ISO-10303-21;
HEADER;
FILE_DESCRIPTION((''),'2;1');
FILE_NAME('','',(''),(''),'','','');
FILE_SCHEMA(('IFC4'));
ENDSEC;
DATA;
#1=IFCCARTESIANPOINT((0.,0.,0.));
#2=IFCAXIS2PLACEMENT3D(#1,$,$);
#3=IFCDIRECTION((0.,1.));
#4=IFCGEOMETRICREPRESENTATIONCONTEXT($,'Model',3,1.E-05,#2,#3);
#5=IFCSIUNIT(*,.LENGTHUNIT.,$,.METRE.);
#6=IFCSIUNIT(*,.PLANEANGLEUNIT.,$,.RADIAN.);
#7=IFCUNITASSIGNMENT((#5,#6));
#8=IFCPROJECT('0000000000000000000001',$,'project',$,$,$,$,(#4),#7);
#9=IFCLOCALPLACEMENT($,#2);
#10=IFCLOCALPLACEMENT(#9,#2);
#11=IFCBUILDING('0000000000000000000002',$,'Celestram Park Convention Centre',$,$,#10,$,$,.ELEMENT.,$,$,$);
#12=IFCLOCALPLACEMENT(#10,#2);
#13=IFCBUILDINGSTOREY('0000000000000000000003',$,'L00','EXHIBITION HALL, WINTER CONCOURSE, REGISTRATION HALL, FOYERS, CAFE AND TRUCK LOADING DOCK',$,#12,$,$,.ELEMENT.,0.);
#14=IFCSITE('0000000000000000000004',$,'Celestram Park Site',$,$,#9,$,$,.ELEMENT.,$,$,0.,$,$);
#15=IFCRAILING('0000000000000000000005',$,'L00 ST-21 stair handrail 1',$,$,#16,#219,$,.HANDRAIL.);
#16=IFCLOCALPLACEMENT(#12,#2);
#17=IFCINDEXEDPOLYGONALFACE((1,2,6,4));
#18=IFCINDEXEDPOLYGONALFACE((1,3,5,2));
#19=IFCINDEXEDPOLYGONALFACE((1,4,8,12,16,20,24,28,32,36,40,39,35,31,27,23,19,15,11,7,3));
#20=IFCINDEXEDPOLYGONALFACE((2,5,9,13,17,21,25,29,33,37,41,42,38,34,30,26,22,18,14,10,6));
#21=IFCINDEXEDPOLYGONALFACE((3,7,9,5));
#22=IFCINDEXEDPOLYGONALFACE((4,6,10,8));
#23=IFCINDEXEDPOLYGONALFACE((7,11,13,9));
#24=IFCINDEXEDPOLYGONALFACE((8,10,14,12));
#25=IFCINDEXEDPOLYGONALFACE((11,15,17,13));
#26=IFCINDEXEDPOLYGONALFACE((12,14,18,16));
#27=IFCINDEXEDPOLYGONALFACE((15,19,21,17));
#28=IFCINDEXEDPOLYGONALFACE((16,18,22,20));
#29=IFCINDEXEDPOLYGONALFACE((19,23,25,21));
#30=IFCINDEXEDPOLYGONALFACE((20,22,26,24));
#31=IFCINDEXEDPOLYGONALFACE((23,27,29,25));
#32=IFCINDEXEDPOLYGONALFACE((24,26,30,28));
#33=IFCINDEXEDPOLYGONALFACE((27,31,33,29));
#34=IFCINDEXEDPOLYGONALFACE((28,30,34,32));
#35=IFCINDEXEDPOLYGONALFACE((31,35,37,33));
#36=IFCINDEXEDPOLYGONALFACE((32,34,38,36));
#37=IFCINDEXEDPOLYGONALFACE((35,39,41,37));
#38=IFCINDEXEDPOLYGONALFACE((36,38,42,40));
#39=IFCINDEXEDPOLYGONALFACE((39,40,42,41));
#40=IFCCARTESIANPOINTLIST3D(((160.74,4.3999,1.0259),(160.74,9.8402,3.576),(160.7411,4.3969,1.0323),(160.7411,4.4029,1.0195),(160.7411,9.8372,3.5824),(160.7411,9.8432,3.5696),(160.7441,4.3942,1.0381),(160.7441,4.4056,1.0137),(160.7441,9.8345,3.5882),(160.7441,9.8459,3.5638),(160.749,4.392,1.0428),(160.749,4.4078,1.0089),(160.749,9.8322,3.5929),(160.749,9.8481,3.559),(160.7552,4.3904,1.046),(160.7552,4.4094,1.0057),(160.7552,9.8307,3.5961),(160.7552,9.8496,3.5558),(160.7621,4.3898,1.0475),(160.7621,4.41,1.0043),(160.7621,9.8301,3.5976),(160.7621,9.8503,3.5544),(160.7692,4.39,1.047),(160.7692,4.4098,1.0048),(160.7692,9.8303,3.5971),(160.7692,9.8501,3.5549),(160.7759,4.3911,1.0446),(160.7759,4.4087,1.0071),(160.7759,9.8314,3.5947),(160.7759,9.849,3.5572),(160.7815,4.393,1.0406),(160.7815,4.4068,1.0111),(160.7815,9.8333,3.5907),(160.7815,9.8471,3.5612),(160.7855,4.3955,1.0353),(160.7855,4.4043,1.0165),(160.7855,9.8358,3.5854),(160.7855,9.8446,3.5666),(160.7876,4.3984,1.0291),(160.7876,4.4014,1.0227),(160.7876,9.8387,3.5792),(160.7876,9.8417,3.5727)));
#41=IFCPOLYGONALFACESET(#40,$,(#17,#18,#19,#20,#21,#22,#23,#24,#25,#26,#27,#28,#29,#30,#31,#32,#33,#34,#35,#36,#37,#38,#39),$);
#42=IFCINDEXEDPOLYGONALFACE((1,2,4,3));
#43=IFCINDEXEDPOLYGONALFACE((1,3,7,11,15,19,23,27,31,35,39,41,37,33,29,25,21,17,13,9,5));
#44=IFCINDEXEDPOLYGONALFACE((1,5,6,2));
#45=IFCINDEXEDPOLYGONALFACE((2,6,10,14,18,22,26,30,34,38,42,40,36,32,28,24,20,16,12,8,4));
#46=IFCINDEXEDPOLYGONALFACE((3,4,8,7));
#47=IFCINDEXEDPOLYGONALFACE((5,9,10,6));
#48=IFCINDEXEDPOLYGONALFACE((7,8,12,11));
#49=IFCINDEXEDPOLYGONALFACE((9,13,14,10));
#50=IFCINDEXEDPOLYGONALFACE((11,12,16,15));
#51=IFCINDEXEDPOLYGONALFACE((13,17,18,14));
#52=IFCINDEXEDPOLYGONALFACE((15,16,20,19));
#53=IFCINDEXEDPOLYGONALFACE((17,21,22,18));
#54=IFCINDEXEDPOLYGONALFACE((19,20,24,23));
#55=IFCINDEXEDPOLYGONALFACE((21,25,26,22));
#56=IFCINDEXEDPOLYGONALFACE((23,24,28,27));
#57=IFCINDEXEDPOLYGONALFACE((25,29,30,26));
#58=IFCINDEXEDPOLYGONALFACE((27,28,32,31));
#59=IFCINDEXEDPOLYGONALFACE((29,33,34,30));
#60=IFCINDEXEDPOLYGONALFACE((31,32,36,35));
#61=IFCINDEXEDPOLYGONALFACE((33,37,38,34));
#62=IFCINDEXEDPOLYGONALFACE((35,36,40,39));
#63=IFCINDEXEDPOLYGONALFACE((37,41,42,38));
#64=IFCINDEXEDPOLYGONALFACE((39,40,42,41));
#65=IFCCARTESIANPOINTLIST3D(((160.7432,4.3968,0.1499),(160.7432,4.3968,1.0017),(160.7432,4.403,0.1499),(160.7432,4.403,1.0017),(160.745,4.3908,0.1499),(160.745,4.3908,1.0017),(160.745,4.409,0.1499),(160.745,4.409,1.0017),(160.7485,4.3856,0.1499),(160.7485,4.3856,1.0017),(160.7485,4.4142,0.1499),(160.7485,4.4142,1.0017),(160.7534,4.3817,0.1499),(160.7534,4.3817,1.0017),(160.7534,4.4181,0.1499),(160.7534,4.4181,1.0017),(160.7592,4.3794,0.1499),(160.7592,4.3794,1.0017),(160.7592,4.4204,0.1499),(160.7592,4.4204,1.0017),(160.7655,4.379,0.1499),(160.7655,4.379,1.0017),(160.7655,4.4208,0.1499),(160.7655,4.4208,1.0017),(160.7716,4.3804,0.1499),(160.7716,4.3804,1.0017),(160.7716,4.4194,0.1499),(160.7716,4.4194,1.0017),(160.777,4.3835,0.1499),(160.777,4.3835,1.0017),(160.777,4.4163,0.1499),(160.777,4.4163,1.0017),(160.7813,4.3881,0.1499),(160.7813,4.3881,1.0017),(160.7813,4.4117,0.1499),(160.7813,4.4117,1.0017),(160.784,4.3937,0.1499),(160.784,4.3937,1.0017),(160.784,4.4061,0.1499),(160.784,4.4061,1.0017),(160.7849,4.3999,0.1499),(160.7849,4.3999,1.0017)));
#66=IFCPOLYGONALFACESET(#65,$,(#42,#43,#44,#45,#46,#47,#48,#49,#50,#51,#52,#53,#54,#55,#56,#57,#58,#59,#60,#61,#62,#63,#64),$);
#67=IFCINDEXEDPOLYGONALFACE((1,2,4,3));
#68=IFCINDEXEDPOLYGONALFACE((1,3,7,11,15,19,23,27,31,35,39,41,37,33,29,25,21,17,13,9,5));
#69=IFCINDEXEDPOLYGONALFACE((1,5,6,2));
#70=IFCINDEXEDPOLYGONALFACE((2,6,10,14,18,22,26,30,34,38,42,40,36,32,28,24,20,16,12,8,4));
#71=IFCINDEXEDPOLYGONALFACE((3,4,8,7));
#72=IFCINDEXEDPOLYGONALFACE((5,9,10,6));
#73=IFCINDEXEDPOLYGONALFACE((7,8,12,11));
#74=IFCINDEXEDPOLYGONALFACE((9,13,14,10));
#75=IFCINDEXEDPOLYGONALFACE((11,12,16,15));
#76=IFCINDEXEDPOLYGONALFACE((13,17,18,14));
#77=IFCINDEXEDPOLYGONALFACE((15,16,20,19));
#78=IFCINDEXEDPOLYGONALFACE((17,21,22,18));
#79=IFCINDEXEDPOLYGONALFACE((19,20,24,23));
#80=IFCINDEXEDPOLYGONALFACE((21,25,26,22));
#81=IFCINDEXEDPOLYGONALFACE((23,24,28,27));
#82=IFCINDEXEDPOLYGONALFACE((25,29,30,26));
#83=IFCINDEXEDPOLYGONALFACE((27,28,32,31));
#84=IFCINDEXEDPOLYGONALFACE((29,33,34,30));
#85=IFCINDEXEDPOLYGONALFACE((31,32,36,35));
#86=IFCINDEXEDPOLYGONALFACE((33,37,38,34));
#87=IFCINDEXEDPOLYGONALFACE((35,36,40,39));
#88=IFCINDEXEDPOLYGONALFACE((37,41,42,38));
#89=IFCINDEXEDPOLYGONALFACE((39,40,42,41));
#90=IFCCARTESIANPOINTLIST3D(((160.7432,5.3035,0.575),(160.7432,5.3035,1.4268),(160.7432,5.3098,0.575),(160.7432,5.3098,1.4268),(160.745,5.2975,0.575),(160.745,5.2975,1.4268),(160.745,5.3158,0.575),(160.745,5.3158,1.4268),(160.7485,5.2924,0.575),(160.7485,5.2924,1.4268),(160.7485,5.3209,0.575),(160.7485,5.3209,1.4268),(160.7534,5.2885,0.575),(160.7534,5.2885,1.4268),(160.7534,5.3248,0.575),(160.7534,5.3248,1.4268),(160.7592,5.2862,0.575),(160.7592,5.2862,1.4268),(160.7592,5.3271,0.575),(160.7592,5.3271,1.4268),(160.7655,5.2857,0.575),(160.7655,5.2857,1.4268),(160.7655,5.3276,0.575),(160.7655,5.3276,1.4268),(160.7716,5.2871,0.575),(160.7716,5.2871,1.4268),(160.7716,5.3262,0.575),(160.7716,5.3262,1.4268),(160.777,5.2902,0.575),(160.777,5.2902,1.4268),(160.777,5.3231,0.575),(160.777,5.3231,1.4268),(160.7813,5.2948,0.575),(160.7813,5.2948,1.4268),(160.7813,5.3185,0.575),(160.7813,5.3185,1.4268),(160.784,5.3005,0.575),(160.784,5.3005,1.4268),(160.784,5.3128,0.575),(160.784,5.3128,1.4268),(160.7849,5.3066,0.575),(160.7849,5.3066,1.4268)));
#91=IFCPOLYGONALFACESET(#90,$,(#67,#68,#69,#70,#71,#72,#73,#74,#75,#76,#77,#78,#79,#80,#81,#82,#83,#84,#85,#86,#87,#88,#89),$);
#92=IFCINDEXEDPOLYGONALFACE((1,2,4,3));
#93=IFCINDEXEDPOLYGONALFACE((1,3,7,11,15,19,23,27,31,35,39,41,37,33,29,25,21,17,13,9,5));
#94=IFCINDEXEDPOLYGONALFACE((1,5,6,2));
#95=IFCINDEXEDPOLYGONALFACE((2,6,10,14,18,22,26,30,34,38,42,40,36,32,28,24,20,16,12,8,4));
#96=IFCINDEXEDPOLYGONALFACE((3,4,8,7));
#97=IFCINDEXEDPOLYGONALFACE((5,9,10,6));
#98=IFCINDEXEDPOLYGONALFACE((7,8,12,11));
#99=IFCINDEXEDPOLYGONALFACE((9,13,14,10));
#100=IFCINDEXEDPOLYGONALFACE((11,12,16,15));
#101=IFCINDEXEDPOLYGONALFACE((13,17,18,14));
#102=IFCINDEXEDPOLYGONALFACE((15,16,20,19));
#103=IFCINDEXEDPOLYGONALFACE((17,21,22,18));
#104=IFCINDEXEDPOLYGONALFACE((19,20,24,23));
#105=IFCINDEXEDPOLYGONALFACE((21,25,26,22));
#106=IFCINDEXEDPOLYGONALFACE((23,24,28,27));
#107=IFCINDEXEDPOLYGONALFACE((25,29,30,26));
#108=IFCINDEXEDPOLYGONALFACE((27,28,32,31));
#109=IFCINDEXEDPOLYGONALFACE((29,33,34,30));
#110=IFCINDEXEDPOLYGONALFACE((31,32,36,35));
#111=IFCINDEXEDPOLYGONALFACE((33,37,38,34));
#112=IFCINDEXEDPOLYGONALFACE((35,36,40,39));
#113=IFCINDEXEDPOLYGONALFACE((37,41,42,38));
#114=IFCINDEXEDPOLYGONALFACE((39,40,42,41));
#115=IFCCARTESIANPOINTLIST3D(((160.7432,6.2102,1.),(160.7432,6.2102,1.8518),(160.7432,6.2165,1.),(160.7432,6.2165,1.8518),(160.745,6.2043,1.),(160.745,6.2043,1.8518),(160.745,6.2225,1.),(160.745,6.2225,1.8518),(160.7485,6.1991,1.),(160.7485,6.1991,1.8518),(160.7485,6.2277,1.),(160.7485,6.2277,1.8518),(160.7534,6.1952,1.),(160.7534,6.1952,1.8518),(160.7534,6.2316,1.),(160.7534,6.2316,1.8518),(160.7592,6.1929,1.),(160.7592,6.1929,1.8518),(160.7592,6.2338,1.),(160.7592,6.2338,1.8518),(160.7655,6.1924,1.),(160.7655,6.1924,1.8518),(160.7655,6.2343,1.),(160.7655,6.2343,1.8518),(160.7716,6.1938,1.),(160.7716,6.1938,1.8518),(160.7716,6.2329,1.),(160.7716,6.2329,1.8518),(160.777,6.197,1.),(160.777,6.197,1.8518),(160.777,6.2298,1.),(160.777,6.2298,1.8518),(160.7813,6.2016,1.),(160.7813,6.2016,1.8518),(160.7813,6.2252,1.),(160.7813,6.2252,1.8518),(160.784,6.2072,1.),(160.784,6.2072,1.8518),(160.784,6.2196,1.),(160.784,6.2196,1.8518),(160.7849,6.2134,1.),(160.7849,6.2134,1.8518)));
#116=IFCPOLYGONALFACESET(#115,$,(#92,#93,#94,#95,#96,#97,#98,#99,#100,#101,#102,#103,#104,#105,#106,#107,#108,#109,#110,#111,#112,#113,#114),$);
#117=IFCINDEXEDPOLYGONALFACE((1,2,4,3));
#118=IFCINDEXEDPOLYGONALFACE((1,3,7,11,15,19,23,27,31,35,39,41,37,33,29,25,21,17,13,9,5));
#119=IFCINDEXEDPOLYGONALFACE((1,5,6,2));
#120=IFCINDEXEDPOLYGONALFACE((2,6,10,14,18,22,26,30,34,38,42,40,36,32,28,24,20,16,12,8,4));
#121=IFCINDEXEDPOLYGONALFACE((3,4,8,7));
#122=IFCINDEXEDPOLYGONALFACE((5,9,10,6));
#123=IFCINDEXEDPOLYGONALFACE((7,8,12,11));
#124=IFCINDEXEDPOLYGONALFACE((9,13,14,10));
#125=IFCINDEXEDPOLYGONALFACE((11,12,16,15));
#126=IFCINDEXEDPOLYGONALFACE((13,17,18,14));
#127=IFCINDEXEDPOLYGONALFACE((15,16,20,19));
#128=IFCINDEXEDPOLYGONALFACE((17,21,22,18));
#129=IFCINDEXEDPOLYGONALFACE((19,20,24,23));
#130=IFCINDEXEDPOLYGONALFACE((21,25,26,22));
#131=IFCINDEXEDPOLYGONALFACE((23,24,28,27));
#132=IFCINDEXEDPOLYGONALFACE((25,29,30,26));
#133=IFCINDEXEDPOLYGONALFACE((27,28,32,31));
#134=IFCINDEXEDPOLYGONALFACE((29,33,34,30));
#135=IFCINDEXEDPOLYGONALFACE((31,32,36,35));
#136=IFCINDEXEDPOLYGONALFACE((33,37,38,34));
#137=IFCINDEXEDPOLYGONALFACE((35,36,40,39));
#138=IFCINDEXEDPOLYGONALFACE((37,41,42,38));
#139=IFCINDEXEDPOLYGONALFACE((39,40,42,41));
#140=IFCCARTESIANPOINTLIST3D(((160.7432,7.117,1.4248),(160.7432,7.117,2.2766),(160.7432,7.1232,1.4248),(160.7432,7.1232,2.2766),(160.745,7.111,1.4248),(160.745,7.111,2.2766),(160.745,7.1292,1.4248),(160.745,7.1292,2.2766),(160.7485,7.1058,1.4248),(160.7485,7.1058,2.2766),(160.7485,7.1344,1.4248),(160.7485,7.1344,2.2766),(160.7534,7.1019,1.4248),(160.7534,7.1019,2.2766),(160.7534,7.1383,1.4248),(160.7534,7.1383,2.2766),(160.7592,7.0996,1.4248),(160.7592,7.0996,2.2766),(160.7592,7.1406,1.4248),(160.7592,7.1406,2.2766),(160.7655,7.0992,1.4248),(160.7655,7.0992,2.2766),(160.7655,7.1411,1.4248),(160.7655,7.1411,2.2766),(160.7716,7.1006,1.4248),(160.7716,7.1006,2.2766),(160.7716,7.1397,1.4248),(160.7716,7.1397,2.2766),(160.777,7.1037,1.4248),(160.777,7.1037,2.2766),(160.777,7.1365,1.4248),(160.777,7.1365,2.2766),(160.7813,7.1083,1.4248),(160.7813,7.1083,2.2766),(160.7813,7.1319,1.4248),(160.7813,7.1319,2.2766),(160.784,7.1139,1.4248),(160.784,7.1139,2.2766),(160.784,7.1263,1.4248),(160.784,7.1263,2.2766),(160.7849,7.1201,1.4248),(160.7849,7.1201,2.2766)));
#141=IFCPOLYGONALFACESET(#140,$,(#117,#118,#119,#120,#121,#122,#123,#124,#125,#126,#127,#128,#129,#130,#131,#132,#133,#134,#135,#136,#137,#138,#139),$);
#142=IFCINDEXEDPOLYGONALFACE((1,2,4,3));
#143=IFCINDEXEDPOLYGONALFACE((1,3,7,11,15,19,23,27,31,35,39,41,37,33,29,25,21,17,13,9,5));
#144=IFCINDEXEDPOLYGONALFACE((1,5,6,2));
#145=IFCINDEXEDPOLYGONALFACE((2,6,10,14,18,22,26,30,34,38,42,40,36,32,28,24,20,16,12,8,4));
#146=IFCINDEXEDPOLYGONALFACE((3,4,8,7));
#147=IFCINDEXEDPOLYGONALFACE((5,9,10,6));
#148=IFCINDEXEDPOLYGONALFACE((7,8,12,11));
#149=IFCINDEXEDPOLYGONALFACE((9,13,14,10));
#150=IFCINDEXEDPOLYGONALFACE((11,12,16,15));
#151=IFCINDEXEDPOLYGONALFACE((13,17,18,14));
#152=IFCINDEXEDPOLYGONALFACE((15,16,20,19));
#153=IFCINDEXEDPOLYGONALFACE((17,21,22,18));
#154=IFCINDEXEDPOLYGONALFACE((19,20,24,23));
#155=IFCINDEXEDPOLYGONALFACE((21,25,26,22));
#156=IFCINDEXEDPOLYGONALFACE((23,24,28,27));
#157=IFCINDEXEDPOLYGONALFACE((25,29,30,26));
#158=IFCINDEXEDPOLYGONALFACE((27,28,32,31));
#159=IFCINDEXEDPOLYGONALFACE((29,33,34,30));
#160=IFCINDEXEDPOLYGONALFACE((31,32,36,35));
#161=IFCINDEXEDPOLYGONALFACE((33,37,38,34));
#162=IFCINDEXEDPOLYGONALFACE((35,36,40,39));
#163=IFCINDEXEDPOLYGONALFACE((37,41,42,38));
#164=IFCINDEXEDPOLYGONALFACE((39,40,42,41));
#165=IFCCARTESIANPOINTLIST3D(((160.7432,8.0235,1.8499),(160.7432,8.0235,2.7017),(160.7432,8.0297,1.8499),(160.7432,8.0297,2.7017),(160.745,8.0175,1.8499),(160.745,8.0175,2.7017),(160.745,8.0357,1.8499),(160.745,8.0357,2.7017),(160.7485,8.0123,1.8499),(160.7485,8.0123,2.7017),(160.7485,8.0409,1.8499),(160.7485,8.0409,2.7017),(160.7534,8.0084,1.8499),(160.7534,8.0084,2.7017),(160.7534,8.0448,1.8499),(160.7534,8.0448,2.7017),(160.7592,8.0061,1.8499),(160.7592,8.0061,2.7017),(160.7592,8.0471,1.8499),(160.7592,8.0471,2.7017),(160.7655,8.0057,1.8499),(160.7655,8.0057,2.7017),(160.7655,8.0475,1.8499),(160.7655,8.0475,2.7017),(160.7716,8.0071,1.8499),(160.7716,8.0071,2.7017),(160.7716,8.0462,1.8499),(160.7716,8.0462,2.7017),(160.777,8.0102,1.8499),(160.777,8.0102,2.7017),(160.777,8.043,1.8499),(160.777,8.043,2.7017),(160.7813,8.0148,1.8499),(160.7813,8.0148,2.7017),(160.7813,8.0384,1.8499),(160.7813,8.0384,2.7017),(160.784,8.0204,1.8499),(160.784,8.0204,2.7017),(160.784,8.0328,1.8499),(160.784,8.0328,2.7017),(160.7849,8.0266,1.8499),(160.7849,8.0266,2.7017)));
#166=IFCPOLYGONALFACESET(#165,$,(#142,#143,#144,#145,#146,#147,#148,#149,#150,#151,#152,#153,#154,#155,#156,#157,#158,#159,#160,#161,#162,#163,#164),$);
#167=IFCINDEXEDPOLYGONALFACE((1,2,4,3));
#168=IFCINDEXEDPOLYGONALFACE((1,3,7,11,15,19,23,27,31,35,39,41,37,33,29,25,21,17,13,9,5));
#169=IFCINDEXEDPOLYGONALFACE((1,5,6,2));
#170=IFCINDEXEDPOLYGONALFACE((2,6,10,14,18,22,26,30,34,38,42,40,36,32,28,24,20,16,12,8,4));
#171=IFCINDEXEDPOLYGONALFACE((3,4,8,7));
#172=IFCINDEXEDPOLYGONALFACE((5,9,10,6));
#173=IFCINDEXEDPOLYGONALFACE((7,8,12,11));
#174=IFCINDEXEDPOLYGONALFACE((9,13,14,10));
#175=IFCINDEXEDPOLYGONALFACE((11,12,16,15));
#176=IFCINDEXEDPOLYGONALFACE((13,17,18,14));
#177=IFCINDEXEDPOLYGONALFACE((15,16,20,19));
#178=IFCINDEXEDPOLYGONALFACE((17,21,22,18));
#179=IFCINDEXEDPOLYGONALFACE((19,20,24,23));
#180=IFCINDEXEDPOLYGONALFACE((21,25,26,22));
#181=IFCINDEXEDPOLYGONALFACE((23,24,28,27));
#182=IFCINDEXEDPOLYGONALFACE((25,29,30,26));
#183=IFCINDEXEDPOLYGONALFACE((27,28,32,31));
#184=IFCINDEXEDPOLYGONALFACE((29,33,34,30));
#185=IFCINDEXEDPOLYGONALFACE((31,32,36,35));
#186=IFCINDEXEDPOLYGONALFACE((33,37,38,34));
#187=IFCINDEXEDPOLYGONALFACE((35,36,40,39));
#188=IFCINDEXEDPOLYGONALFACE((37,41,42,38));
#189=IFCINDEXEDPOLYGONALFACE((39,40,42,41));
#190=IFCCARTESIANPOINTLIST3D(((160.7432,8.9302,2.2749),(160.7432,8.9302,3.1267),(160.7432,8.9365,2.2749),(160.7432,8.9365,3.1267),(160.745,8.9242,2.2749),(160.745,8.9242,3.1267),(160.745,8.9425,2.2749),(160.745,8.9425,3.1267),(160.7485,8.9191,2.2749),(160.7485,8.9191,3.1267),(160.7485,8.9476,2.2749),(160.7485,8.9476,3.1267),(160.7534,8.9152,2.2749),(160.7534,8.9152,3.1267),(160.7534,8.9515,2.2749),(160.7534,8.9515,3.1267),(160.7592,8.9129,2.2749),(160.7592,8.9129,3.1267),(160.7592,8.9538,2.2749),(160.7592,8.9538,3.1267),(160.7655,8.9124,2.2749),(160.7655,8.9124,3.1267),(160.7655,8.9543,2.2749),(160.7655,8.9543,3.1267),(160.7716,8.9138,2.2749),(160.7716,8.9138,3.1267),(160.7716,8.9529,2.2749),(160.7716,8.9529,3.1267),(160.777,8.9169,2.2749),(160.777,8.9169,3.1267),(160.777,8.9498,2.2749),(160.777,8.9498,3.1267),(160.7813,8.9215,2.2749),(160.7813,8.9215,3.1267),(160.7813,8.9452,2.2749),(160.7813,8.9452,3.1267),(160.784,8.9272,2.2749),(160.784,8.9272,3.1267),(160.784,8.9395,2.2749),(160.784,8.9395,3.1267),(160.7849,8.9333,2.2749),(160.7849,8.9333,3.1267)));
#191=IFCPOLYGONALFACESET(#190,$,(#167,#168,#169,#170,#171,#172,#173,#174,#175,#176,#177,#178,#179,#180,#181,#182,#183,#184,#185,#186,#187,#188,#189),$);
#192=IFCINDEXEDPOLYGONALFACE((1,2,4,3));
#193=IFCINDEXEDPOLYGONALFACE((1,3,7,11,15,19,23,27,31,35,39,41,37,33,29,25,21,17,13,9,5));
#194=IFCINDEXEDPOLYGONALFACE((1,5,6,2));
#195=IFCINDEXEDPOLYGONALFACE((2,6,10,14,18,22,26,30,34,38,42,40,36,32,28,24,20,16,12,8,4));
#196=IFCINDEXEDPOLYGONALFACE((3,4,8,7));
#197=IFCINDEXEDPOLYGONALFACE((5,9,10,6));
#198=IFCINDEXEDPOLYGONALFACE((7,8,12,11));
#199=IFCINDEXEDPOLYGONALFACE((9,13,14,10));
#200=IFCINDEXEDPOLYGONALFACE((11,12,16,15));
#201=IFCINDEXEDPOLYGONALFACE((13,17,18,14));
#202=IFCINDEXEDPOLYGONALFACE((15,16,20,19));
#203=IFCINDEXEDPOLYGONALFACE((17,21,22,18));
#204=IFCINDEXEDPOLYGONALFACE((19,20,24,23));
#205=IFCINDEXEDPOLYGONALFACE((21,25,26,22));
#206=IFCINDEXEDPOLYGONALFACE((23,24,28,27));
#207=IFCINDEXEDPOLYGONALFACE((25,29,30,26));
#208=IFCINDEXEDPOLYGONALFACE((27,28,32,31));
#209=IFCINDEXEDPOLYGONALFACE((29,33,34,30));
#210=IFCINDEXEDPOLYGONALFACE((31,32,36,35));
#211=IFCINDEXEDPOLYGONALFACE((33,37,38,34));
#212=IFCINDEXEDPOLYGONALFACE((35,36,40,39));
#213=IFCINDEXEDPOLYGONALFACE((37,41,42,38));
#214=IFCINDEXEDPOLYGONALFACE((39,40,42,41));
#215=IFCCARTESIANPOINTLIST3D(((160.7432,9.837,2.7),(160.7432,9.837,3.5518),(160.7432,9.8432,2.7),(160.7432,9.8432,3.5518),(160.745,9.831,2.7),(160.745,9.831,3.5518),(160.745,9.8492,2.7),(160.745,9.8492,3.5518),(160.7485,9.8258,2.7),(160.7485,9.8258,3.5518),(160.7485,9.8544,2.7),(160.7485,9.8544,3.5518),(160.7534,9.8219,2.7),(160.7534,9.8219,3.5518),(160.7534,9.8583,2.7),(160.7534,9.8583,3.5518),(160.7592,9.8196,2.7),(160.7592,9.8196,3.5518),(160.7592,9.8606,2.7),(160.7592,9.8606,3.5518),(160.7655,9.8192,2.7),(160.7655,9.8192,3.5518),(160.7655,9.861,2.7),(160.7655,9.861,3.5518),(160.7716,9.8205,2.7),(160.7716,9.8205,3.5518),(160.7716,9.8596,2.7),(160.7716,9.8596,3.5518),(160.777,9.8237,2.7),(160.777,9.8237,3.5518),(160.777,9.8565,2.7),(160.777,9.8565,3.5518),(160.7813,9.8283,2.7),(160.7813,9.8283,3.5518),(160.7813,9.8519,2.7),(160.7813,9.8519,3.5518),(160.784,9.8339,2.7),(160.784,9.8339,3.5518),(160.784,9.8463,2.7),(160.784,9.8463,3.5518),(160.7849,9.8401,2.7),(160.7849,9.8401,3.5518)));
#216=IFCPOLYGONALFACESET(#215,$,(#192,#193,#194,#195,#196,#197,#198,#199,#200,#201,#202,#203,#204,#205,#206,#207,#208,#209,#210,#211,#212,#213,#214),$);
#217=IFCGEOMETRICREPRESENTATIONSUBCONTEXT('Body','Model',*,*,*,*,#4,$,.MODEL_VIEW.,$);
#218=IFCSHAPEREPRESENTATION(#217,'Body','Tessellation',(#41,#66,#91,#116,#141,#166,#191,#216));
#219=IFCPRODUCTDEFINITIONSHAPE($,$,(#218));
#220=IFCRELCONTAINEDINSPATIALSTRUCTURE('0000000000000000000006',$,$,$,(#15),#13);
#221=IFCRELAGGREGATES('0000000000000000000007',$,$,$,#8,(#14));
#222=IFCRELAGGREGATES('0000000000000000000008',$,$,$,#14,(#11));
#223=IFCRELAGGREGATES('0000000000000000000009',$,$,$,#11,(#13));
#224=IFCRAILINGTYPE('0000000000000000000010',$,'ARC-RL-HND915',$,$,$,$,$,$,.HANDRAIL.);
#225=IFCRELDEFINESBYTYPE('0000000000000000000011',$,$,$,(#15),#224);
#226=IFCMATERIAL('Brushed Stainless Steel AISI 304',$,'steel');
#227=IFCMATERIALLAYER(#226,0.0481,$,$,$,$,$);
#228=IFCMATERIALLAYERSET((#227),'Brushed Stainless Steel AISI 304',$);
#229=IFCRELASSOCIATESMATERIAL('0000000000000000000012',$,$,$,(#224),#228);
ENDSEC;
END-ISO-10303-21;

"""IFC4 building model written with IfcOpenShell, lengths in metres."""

from ifc_helpers import new_model, si_unit, direction, frame, origin, origin_2d, place, context, subcontext, project, spatial, circle, extrude, material, layer, layer_set, type_object, element, save


model = new_model("IFC4")

# Units and contexts
model_context = context("Model", 3, precision=1e-05, world=origin(), true_north=direction((0.0, 1.0)))
body_context = subcontext(model_context, "Body", "Model", "MODEL_VIEW")
ifc_project = project(units=[si_unit("LENGTHUNIT", "METRE"), si_unit("PLANEANGLEUNIT", "RADIAN")], contexts=[model_context])

# Site, building, storey
site_placement = place(None, origin())
site = spatial("IfcSite", under=ifc_project, at=site_placement, Name="Celestram Park Site", CompositionType="ELEMENT", RefElevation=0.0)
building_placement = place(site_placement, origin())
building = spatial("IfcBuilding", under=site, at=building_placement, Name="Celestram Park Convention Centre", CompositionType="ELEMENT")
storey_placement = place(building_placement, origin())
storey = spatial("IfcBuildingStorey", under=building, at=storey_placement, Name="L00", Description="EXHIBITION HALL, WINTER CONCOURSE, REGISTRATION HALL, FOYERS, CAFE AND TRUCK LOADING DOCK", CompositionType="ELEMENT", Elevation=0.0)

# Railing
ifc_material_1 = material(Name="Brushed Stainless Steel AISI 304", Category="steel")
ifc_layer_1 = layer(ifc_material_1, 0.0481)
ifc_layer_set_1 = layer_set([ifc_layer_1], Name="Brushed Stainless Steel AISI 304")
railing_type_1 = type_object("IfcRailingType", Name="ARC-RL-HND915", PredefinedType="HANDRAIL", material=ifc_layer_set_1)
railing_1_placement = place(storey_placement, frame((160.7639, 4.3999, 0.1499)))
element("IfcRailing", 1, at=railing_1_placement, inside=storey, type_object=railing_type_1, Name="L00 ST-21 stair handrail 1", PredefinedType="HANDRAIL", context=body_context, shape_type="SweptSolid", body=[
    extrude(circle(Radius=0.0239, at=origin_2d()), frame((0.0, 0.0, 0.876), z_axis=(0.0, 0.905461, 0.424429), x_axis=(-1.0, 0.0, 0.0)), (0.0, 0.0, 1.0), 6.0083),
    extrude(circle(Radius=0.021, at=origin_2d()), origin(), (0.0, 0.0, 1.0), 0.8518),
    extrude(circle(Radius=0.021, at=origin_2d()), frame((0.0, 0.9067, 0.425)), (0.0, 0.0, 1.0), 0.8518),
    extrude(circle(Radius=0.021, at=origin_2d()), frame((0.0, 1.8135, 0.8501)), (0.0, 0.0, 1.0), 0.8518),
    extrude(circle(Radius=0.021, at=origin_2d()), frame((0.0, 2.7202, 1.2749)), (0.0, 0.0, 1.0), 0.8518),
    extrude(circle(Radius=0.021, at=origin_2d()), frame((0.0, 3.6267, 1.7)), (0.0, 0.0, 1.0), 0.8518),
    extrude(circle(Radius=0.021, at=origin_2d()), frame((0.0, 4.5334, 2.125)), (0.0, 0.0, 1.0), 0.8518),
    extrude(circle(Radius=0.021, at=origin_2d()), frame((0.0, 5.4402, 2.55)), (0.0, 0.0, 1.0), 0.8518),
])

save(model, "model.ifc")
